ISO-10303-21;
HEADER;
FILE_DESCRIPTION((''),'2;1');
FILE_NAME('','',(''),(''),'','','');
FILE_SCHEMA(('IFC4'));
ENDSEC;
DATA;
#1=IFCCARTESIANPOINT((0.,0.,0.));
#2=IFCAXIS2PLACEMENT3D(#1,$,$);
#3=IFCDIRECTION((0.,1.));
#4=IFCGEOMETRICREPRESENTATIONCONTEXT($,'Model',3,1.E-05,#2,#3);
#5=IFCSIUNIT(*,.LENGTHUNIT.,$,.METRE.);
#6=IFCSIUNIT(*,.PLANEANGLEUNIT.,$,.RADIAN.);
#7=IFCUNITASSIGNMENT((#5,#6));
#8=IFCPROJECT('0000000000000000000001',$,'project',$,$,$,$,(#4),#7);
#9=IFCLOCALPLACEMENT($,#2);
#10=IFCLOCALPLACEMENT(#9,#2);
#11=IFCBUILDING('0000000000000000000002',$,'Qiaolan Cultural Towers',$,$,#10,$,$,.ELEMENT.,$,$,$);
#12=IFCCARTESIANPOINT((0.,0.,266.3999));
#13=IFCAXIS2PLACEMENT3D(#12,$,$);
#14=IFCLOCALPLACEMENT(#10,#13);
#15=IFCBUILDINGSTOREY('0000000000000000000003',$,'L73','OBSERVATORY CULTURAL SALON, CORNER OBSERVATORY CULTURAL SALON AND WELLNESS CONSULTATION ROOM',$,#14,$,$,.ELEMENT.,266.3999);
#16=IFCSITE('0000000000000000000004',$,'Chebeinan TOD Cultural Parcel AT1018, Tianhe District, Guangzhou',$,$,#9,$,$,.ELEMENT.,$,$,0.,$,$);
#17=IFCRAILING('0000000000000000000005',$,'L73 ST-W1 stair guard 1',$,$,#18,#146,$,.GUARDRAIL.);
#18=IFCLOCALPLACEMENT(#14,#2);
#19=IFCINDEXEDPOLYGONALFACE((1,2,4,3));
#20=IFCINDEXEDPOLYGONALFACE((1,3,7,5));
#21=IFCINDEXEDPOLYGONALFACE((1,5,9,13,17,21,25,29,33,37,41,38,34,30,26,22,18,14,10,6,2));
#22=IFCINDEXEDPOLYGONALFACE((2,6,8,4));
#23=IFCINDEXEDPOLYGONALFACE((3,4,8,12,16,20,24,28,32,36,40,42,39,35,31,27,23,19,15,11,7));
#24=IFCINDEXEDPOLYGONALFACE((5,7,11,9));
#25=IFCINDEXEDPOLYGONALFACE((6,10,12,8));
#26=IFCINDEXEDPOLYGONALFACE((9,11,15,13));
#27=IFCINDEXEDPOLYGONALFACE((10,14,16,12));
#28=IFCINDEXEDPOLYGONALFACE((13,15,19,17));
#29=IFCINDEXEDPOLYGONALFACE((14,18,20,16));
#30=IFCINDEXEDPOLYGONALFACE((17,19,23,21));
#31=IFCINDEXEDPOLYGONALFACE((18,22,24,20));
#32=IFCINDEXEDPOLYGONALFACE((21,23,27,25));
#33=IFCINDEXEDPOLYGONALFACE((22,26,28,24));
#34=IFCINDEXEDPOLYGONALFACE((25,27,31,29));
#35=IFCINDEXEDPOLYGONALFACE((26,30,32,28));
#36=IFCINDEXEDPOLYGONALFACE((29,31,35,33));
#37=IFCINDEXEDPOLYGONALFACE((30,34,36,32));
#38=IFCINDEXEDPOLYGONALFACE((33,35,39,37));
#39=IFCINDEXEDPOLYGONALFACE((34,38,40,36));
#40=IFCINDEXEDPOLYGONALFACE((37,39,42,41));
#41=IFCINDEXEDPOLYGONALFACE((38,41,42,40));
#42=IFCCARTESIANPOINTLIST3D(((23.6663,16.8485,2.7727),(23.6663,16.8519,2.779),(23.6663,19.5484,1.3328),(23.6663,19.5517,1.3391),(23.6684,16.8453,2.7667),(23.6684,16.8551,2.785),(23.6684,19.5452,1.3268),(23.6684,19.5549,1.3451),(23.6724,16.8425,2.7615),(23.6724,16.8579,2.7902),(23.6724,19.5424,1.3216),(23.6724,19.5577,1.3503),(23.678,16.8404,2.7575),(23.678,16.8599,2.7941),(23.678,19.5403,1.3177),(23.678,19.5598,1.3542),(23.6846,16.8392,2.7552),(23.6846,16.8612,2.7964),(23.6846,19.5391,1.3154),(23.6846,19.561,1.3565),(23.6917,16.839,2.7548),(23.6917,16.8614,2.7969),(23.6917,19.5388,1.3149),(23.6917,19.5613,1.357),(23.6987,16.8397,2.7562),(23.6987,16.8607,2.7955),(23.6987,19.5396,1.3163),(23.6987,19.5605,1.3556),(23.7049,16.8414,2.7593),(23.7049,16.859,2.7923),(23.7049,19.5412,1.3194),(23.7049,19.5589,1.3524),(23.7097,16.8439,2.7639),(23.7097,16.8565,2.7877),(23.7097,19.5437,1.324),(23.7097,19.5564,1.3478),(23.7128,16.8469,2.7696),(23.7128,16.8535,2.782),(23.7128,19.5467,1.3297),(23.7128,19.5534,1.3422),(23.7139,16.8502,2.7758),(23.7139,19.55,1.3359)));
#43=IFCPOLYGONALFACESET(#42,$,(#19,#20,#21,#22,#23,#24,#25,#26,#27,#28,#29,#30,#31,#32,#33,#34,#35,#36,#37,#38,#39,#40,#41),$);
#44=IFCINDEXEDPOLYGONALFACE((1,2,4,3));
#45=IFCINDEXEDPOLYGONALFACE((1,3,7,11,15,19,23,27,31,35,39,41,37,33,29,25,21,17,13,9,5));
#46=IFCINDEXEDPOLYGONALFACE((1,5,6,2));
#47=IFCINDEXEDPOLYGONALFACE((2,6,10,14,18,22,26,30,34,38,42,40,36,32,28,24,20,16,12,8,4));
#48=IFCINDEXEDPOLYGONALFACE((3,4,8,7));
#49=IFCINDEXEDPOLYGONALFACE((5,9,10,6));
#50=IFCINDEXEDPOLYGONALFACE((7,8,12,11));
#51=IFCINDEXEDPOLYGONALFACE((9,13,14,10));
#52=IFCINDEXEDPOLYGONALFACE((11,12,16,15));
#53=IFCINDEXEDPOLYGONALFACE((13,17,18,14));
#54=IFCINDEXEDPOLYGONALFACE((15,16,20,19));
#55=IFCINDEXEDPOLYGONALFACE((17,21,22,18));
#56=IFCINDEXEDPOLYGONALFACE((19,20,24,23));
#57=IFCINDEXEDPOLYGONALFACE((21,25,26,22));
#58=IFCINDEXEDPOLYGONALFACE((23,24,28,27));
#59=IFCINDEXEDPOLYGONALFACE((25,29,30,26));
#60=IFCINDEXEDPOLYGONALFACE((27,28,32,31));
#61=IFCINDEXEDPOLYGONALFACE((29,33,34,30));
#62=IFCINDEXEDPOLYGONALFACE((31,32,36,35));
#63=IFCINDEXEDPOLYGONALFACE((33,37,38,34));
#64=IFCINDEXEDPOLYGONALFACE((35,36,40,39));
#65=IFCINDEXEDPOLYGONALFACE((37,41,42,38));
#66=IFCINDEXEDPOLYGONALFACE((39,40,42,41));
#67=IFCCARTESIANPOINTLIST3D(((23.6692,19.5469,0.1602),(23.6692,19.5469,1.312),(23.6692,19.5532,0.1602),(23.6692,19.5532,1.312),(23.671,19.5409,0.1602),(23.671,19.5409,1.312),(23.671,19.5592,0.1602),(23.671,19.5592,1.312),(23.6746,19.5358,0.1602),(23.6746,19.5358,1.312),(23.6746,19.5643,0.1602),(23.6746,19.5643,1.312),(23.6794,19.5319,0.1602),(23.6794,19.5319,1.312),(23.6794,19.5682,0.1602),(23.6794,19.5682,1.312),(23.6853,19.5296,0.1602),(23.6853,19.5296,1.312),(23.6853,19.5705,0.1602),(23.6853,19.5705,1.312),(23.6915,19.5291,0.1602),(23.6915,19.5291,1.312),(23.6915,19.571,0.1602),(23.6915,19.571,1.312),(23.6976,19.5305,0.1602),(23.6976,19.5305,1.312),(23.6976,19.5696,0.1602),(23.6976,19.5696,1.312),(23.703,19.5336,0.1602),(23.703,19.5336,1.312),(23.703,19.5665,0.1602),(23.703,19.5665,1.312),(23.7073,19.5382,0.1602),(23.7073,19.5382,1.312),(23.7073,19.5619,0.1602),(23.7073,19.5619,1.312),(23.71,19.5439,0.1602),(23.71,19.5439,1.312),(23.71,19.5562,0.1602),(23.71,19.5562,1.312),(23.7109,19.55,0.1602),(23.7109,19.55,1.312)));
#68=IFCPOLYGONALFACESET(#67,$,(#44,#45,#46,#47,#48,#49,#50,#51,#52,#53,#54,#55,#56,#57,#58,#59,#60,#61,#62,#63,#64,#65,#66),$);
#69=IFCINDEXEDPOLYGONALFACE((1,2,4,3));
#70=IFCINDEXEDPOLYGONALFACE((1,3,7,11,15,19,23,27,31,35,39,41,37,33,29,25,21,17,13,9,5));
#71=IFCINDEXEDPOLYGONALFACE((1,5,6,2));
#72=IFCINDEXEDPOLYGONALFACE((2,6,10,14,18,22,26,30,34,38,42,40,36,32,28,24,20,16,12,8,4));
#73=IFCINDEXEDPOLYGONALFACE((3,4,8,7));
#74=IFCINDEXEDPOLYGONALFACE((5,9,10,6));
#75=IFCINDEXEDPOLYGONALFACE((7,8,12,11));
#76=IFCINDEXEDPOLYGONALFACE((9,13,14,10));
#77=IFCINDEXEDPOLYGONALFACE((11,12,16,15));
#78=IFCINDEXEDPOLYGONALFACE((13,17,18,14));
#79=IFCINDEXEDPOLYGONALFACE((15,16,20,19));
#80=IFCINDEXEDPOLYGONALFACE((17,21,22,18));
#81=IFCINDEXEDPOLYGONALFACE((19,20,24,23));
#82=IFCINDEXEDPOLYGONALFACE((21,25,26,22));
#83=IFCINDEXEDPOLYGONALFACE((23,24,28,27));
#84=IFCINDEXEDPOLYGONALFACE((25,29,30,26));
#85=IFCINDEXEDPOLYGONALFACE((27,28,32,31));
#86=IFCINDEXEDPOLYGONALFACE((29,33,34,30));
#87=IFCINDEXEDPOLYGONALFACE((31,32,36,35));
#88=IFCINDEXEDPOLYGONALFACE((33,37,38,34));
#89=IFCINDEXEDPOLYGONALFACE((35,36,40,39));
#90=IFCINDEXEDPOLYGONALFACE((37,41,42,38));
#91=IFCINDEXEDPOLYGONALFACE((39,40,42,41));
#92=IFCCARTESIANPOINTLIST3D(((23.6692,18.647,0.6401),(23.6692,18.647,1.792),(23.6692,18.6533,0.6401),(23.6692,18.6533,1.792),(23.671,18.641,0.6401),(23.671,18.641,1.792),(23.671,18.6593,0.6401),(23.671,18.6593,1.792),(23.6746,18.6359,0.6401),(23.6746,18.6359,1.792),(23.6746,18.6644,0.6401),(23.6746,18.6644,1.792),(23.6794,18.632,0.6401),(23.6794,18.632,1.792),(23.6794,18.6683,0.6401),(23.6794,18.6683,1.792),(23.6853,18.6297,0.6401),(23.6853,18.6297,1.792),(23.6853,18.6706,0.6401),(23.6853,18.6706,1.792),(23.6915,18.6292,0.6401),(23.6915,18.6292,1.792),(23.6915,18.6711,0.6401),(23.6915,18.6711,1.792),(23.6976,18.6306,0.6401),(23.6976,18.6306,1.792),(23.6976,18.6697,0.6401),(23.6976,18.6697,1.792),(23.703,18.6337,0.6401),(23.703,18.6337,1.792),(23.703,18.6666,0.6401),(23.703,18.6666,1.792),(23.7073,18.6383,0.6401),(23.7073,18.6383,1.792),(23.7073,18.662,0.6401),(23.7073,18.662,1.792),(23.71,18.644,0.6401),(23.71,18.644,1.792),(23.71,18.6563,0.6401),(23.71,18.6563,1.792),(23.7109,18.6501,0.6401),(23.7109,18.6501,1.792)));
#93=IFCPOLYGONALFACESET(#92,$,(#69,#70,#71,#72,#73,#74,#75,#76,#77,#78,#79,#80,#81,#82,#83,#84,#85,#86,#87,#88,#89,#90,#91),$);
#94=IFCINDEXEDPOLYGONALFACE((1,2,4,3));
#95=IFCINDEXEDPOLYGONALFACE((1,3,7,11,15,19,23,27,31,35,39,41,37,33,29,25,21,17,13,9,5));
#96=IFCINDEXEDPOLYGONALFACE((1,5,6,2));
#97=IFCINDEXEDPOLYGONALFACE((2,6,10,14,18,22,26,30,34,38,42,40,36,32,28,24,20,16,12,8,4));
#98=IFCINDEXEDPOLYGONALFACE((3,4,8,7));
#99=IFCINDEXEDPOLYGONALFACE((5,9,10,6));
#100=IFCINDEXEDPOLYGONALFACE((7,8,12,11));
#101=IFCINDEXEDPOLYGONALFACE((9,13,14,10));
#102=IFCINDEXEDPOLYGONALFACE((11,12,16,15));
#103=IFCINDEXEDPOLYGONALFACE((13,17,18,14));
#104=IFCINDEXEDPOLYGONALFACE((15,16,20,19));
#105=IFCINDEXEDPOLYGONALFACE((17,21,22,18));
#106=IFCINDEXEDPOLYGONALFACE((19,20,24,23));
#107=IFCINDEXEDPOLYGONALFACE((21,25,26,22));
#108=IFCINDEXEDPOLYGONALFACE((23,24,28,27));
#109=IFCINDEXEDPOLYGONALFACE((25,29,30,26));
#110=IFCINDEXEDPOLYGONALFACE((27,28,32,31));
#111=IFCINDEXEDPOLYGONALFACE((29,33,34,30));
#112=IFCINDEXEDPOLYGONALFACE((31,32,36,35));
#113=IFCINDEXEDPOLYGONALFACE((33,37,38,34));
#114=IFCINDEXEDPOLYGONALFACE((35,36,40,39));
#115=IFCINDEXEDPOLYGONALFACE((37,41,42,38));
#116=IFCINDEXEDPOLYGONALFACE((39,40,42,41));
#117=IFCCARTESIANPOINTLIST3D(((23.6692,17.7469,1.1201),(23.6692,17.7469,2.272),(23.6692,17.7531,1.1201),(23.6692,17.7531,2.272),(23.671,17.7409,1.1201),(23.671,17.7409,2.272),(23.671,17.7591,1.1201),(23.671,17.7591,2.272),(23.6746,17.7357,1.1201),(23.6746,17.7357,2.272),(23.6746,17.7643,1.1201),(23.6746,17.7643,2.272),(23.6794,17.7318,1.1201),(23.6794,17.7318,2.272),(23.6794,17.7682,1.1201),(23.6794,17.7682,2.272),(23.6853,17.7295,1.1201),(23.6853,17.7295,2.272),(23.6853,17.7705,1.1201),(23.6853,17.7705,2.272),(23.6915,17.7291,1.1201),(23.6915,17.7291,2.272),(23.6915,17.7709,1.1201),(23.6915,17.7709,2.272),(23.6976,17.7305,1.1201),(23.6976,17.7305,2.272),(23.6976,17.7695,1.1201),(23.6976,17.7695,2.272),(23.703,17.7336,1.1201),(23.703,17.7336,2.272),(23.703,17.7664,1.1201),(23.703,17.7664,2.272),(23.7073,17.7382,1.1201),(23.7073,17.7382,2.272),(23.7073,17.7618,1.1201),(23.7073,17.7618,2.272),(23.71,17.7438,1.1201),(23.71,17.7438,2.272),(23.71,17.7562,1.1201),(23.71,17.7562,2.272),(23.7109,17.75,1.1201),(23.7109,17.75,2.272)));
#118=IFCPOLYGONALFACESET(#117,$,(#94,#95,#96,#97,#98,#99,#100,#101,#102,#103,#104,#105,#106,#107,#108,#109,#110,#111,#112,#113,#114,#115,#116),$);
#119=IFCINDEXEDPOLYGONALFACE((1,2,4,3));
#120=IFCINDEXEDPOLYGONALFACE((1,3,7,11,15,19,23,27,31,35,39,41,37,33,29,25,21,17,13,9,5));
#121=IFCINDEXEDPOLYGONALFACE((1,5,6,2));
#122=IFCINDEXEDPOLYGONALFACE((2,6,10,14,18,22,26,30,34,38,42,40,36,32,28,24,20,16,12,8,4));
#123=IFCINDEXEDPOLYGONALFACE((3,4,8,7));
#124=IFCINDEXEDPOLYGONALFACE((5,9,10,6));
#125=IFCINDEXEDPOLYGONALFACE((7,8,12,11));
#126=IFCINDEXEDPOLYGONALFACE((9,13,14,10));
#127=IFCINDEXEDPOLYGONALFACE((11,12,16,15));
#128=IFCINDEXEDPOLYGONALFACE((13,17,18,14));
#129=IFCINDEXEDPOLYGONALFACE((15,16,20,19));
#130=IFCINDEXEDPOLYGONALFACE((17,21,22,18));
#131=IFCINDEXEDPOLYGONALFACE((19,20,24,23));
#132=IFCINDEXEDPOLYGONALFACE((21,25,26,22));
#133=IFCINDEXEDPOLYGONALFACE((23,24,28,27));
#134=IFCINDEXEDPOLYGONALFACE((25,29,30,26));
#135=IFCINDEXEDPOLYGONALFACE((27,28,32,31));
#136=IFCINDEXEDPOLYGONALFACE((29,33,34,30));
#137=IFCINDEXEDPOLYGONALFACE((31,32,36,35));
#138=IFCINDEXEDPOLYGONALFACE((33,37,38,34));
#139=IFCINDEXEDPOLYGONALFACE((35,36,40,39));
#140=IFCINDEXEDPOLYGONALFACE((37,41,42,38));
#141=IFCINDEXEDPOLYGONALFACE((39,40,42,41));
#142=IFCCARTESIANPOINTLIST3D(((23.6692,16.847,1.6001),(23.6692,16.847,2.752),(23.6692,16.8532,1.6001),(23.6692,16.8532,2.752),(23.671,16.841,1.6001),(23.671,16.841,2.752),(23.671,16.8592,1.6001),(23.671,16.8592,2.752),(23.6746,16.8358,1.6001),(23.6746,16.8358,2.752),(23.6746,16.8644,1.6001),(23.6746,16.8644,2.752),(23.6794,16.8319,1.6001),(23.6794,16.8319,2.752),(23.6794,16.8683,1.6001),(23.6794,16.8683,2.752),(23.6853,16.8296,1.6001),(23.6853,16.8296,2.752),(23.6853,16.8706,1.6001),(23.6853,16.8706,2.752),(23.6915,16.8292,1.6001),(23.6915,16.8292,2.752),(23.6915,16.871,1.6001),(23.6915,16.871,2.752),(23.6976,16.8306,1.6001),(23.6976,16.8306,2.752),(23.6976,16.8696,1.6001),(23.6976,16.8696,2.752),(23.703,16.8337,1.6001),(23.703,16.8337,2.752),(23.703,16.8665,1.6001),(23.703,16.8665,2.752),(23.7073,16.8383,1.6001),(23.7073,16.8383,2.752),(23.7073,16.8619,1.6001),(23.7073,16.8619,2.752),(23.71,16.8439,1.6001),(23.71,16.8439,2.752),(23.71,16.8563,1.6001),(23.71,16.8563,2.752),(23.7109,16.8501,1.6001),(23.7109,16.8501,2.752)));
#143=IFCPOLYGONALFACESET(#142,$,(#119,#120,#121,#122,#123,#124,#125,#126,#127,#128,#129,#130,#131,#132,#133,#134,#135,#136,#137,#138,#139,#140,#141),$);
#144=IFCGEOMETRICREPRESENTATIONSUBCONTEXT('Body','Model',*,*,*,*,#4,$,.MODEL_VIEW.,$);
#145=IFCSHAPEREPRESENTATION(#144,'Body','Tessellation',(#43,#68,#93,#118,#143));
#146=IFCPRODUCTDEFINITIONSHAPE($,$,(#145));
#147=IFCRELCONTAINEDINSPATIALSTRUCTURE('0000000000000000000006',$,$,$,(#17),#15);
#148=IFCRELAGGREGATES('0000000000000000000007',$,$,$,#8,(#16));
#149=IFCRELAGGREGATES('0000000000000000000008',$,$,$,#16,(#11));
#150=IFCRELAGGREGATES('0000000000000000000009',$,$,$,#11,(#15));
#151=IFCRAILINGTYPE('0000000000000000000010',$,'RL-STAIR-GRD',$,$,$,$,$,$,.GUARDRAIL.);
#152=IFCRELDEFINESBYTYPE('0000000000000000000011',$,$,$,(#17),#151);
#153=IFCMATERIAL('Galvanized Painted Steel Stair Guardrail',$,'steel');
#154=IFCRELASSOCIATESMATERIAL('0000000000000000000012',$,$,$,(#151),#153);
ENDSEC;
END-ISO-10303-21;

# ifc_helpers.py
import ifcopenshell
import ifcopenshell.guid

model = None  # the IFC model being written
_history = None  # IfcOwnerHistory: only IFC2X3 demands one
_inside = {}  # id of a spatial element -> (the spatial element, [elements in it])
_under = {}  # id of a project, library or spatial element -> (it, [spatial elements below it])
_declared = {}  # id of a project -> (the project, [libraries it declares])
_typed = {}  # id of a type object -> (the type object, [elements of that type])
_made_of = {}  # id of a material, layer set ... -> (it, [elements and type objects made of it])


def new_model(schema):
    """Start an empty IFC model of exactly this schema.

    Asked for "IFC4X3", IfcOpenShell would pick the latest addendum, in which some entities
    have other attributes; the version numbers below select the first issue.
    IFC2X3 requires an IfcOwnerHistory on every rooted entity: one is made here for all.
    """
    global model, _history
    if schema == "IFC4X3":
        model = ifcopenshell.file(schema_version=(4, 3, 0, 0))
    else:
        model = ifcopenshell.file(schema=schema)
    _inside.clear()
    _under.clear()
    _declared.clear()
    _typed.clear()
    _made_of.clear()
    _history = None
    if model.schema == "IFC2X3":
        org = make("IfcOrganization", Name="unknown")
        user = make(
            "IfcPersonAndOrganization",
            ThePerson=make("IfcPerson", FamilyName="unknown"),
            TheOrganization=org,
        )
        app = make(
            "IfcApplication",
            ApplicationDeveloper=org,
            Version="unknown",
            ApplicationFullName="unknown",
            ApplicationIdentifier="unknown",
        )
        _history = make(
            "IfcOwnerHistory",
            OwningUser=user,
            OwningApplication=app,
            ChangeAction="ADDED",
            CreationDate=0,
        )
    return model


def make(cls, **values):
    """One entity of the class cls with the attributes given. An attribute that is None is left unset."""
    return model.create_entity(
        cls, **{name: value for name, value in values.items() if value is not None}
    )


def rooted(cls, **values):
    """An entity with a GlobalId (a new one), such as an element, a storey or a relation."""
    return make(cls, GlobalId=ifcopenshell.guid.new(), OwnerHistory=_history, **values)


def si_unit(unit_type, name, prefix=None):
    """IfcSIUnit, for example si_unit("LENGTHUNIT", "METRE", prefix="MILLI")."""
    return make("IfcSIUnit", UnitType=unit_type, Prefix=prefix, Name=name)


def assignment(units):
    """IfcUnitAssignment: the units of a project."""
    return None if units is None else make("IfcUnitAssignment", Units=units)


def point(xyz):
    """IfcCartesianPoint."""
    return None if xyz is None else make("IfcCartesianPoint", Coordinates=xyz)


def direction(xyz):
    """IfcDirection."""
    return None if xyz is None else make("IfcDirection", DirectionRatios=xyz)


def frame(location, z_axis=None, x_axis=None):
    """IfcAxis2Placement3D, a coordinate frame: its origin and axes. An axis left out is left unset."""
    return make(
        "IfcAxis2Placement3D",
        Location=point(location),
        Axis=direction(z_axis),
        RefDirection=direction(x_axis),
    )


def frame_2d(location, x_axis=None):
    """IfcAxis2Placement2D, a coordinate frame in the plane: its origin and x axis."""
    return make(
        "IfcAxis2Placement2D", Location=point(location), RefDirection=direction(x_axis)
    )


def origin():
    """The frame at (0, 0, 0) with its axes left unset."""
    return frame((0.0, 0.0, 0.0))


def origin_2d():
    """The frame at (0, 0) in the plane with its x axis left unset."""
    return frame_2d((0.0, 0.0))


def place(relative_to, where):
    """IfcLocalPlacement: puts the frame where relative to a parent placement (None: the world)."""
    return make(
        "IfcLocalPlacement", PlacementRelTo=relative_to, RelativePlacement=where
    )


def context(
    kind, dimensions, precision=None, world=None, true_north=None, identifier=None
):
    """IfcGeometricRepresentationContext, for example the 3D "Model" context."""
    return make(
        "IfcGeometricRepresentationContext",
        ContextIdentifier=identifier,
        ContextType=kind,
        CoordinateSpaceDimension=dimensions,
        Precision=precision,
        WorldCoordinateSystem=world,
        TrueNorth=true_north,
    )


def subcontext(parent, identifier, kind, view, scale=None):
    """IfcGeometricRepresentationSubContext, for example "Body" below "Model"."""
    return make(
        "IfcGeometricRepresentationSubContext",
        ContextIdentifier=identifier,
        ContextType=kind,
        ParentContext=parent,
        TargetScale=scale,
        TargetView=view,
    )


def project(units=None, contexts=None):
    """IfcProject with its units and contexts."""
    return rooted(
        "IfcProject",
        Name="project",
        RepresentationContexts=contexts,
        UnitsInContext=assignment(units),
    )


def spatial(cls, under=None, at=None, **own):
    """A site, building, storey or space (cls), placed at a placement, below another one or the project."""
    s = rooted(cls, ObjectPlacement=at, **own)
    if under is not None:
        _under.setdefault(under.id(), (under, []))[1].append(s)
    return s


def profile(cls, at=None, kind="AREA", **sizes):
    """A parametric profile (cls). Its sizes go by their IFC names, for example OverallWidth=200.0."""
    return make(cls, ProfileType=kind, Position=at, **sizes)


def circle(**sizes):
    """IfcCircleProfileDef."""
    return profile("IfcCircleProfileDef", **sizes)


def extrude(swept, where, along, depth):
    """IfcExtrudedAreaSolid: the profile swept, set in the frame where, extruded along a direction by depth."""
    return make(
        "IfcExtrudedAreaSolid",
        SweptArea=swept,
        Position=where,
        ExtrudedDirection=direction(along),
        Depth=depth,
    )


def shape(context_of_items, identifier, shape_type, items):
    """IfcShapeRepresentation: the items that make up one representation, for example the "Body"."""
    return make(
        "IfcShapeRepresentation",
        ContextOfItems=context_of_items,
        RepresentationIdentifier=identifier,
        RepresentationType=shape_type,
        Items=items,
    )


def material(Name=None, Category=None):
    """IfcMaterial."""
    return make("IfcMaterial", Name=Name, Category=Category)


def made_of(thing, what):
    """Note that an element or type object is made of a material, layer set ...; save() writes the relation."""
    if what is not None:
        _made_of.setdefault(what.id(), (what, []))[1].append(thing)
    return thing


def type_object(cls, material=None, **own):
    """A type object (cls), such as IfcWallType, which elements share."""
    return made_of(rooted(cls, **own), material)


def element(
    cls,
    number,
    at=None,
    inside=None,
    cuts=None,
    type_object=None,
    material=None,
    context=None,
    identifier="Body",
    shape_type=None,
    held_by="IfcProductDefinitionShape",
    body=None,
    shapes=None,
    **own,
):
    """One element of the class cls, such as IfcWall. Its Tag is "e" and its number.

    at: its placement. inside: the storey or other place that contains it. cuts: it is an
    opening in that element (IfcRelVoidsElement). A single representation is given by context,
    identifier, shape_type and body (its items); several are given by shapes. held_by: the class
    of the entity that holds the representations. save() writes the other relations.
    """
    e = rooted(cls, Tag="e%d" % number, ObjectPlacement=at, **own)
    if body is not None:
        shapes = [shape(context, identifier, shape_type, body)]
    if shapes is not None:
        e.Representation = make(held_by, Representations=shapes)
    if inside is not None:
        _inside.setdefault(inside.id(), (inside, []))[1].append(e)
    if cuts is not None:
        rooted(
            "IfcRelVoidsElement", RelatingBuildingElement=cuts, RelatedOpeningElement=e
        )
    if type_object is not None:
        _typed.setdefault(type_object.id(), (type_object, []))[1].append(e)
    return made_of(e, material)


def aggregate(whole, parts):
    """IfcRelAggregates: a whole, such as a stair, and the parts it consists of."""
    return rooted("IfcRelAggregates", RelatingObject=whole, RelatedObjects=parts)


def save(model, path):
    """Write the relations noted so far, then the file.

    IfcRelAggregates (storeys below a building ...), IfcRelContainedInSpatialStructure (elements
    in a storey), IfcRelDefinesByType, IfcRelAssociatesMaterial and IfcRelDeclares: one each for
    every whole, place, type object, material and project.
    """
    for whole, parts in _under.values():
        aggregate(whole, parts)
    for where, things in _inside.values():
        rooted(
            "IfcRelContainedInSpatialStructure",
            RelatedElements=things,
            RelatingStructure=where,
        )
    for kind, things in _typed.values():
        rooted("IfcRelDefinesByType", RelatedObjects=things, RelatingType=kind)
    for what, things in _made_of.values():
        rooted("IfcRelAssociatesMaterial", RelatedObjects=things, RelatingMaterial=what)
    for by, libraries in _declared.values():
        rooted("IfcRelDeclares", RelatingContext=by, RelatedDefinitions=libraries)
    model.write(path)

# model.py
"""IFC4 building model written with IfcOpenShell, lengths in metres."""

from ifc_helpers import new_model, si_unit, direction, frame, origin, origin_2d, place, context, subcontext, project, spatial, circle, extrude, material, type_object, element, save


model = new_model("IFC4")

# Units and contexts
model_context = context("Model", 3, precision=1e-05, world=origin(), true_north=direction((0.0, 1.0)))
body_context = subcontext(model_context, "Body", "Model", "MODEL_VIEW")
ifc_project = project(units=[si_unit("LENGTHUNIT", "METRE"), si_unit("PLANEANGLEUNIT", "RADIAN")], contexts=[model_context])

# Site, building, storey
site_placement = place(None, origin())
site = spatial("IfcSite", under=ifc_project, at=site_placement, Name="Chebeinan TOD Cultural Parcel AT1018, Tianhe District, Guangzhou", CompositionType="ELEMENT", RefElevation=0.0)
building_placement = place(site_placement, origin())
building = spatial("IfcBuilding", under=site, at=building_placement, Name="Qiaolan Cultural Towers", CompositionType="ELEMENT")
storey_placement = place(building_placement, frame((0.0, 0.0, 266.3999)))
storey = spatial("IfcBuildingStorey", under=building, at=storey_placement, Name="L73", Description="OBSERVATORY CULTURAL SALON, CORNER OBSERVATORY CULTURAL SALON AND WELLNESS CONSULTATION ROOM", CompositionType="ELEMENT", Elevation=266.3999)

# Railing
ifc_material_1 = material(Name="Galvanized Painted Steel Stair Guardrail", Category="steel")
railing_type_1 = type_object("IfcRailingType", Name="RL-STAIR-GRD", PredefinedType="GUARDRAIL", material=ifc_material_1)
railing_1_placement = place(storey_placement, frame((23.6899, 19.55, 0.1602)))
element("IfcRailing", 1, at=railing_1_placement, inside=storey, type_object=railing_type_1, Name="L73 ST-W1 stair guard 1", PredefinedType="GUARDRAIL", context=body_context, shape_type="SweptSolid", body=[
    extrude(circle(Radius=0.0239, at=origin_2d()), frame((0.0, 0.0, 1.1758), z_axis=(0.0, -0.882357, 0.47058), x_axis=(1.0, 0.0, 0.0)), (0.0, 0.0, 1.0), 3.0598),
    extrude(circle(Radius=0.021, at=origin_2d()), origin(), (0.0, 0.0, 1.0), 1.1519),
    extrude(circle(Radius=0.021, at=origin_2d()), frame((0.0, -0.8999, 0.48)), (0.0, 0.0, 1.0), 1.1519),
    extrude(circle(Radius=0.021, at=origin_2d()), frame((0.0, -1.8, 0.96)), (0.0, 0.0, 1.0), 1.1519),
    extrude(circle(Radius=0.021, at=origin_2d()), frame((0.0, -2.7, 1.4399)), (0.0, 0.0, 1.0), 1.1519),
])

save(model, "model.ifc")
